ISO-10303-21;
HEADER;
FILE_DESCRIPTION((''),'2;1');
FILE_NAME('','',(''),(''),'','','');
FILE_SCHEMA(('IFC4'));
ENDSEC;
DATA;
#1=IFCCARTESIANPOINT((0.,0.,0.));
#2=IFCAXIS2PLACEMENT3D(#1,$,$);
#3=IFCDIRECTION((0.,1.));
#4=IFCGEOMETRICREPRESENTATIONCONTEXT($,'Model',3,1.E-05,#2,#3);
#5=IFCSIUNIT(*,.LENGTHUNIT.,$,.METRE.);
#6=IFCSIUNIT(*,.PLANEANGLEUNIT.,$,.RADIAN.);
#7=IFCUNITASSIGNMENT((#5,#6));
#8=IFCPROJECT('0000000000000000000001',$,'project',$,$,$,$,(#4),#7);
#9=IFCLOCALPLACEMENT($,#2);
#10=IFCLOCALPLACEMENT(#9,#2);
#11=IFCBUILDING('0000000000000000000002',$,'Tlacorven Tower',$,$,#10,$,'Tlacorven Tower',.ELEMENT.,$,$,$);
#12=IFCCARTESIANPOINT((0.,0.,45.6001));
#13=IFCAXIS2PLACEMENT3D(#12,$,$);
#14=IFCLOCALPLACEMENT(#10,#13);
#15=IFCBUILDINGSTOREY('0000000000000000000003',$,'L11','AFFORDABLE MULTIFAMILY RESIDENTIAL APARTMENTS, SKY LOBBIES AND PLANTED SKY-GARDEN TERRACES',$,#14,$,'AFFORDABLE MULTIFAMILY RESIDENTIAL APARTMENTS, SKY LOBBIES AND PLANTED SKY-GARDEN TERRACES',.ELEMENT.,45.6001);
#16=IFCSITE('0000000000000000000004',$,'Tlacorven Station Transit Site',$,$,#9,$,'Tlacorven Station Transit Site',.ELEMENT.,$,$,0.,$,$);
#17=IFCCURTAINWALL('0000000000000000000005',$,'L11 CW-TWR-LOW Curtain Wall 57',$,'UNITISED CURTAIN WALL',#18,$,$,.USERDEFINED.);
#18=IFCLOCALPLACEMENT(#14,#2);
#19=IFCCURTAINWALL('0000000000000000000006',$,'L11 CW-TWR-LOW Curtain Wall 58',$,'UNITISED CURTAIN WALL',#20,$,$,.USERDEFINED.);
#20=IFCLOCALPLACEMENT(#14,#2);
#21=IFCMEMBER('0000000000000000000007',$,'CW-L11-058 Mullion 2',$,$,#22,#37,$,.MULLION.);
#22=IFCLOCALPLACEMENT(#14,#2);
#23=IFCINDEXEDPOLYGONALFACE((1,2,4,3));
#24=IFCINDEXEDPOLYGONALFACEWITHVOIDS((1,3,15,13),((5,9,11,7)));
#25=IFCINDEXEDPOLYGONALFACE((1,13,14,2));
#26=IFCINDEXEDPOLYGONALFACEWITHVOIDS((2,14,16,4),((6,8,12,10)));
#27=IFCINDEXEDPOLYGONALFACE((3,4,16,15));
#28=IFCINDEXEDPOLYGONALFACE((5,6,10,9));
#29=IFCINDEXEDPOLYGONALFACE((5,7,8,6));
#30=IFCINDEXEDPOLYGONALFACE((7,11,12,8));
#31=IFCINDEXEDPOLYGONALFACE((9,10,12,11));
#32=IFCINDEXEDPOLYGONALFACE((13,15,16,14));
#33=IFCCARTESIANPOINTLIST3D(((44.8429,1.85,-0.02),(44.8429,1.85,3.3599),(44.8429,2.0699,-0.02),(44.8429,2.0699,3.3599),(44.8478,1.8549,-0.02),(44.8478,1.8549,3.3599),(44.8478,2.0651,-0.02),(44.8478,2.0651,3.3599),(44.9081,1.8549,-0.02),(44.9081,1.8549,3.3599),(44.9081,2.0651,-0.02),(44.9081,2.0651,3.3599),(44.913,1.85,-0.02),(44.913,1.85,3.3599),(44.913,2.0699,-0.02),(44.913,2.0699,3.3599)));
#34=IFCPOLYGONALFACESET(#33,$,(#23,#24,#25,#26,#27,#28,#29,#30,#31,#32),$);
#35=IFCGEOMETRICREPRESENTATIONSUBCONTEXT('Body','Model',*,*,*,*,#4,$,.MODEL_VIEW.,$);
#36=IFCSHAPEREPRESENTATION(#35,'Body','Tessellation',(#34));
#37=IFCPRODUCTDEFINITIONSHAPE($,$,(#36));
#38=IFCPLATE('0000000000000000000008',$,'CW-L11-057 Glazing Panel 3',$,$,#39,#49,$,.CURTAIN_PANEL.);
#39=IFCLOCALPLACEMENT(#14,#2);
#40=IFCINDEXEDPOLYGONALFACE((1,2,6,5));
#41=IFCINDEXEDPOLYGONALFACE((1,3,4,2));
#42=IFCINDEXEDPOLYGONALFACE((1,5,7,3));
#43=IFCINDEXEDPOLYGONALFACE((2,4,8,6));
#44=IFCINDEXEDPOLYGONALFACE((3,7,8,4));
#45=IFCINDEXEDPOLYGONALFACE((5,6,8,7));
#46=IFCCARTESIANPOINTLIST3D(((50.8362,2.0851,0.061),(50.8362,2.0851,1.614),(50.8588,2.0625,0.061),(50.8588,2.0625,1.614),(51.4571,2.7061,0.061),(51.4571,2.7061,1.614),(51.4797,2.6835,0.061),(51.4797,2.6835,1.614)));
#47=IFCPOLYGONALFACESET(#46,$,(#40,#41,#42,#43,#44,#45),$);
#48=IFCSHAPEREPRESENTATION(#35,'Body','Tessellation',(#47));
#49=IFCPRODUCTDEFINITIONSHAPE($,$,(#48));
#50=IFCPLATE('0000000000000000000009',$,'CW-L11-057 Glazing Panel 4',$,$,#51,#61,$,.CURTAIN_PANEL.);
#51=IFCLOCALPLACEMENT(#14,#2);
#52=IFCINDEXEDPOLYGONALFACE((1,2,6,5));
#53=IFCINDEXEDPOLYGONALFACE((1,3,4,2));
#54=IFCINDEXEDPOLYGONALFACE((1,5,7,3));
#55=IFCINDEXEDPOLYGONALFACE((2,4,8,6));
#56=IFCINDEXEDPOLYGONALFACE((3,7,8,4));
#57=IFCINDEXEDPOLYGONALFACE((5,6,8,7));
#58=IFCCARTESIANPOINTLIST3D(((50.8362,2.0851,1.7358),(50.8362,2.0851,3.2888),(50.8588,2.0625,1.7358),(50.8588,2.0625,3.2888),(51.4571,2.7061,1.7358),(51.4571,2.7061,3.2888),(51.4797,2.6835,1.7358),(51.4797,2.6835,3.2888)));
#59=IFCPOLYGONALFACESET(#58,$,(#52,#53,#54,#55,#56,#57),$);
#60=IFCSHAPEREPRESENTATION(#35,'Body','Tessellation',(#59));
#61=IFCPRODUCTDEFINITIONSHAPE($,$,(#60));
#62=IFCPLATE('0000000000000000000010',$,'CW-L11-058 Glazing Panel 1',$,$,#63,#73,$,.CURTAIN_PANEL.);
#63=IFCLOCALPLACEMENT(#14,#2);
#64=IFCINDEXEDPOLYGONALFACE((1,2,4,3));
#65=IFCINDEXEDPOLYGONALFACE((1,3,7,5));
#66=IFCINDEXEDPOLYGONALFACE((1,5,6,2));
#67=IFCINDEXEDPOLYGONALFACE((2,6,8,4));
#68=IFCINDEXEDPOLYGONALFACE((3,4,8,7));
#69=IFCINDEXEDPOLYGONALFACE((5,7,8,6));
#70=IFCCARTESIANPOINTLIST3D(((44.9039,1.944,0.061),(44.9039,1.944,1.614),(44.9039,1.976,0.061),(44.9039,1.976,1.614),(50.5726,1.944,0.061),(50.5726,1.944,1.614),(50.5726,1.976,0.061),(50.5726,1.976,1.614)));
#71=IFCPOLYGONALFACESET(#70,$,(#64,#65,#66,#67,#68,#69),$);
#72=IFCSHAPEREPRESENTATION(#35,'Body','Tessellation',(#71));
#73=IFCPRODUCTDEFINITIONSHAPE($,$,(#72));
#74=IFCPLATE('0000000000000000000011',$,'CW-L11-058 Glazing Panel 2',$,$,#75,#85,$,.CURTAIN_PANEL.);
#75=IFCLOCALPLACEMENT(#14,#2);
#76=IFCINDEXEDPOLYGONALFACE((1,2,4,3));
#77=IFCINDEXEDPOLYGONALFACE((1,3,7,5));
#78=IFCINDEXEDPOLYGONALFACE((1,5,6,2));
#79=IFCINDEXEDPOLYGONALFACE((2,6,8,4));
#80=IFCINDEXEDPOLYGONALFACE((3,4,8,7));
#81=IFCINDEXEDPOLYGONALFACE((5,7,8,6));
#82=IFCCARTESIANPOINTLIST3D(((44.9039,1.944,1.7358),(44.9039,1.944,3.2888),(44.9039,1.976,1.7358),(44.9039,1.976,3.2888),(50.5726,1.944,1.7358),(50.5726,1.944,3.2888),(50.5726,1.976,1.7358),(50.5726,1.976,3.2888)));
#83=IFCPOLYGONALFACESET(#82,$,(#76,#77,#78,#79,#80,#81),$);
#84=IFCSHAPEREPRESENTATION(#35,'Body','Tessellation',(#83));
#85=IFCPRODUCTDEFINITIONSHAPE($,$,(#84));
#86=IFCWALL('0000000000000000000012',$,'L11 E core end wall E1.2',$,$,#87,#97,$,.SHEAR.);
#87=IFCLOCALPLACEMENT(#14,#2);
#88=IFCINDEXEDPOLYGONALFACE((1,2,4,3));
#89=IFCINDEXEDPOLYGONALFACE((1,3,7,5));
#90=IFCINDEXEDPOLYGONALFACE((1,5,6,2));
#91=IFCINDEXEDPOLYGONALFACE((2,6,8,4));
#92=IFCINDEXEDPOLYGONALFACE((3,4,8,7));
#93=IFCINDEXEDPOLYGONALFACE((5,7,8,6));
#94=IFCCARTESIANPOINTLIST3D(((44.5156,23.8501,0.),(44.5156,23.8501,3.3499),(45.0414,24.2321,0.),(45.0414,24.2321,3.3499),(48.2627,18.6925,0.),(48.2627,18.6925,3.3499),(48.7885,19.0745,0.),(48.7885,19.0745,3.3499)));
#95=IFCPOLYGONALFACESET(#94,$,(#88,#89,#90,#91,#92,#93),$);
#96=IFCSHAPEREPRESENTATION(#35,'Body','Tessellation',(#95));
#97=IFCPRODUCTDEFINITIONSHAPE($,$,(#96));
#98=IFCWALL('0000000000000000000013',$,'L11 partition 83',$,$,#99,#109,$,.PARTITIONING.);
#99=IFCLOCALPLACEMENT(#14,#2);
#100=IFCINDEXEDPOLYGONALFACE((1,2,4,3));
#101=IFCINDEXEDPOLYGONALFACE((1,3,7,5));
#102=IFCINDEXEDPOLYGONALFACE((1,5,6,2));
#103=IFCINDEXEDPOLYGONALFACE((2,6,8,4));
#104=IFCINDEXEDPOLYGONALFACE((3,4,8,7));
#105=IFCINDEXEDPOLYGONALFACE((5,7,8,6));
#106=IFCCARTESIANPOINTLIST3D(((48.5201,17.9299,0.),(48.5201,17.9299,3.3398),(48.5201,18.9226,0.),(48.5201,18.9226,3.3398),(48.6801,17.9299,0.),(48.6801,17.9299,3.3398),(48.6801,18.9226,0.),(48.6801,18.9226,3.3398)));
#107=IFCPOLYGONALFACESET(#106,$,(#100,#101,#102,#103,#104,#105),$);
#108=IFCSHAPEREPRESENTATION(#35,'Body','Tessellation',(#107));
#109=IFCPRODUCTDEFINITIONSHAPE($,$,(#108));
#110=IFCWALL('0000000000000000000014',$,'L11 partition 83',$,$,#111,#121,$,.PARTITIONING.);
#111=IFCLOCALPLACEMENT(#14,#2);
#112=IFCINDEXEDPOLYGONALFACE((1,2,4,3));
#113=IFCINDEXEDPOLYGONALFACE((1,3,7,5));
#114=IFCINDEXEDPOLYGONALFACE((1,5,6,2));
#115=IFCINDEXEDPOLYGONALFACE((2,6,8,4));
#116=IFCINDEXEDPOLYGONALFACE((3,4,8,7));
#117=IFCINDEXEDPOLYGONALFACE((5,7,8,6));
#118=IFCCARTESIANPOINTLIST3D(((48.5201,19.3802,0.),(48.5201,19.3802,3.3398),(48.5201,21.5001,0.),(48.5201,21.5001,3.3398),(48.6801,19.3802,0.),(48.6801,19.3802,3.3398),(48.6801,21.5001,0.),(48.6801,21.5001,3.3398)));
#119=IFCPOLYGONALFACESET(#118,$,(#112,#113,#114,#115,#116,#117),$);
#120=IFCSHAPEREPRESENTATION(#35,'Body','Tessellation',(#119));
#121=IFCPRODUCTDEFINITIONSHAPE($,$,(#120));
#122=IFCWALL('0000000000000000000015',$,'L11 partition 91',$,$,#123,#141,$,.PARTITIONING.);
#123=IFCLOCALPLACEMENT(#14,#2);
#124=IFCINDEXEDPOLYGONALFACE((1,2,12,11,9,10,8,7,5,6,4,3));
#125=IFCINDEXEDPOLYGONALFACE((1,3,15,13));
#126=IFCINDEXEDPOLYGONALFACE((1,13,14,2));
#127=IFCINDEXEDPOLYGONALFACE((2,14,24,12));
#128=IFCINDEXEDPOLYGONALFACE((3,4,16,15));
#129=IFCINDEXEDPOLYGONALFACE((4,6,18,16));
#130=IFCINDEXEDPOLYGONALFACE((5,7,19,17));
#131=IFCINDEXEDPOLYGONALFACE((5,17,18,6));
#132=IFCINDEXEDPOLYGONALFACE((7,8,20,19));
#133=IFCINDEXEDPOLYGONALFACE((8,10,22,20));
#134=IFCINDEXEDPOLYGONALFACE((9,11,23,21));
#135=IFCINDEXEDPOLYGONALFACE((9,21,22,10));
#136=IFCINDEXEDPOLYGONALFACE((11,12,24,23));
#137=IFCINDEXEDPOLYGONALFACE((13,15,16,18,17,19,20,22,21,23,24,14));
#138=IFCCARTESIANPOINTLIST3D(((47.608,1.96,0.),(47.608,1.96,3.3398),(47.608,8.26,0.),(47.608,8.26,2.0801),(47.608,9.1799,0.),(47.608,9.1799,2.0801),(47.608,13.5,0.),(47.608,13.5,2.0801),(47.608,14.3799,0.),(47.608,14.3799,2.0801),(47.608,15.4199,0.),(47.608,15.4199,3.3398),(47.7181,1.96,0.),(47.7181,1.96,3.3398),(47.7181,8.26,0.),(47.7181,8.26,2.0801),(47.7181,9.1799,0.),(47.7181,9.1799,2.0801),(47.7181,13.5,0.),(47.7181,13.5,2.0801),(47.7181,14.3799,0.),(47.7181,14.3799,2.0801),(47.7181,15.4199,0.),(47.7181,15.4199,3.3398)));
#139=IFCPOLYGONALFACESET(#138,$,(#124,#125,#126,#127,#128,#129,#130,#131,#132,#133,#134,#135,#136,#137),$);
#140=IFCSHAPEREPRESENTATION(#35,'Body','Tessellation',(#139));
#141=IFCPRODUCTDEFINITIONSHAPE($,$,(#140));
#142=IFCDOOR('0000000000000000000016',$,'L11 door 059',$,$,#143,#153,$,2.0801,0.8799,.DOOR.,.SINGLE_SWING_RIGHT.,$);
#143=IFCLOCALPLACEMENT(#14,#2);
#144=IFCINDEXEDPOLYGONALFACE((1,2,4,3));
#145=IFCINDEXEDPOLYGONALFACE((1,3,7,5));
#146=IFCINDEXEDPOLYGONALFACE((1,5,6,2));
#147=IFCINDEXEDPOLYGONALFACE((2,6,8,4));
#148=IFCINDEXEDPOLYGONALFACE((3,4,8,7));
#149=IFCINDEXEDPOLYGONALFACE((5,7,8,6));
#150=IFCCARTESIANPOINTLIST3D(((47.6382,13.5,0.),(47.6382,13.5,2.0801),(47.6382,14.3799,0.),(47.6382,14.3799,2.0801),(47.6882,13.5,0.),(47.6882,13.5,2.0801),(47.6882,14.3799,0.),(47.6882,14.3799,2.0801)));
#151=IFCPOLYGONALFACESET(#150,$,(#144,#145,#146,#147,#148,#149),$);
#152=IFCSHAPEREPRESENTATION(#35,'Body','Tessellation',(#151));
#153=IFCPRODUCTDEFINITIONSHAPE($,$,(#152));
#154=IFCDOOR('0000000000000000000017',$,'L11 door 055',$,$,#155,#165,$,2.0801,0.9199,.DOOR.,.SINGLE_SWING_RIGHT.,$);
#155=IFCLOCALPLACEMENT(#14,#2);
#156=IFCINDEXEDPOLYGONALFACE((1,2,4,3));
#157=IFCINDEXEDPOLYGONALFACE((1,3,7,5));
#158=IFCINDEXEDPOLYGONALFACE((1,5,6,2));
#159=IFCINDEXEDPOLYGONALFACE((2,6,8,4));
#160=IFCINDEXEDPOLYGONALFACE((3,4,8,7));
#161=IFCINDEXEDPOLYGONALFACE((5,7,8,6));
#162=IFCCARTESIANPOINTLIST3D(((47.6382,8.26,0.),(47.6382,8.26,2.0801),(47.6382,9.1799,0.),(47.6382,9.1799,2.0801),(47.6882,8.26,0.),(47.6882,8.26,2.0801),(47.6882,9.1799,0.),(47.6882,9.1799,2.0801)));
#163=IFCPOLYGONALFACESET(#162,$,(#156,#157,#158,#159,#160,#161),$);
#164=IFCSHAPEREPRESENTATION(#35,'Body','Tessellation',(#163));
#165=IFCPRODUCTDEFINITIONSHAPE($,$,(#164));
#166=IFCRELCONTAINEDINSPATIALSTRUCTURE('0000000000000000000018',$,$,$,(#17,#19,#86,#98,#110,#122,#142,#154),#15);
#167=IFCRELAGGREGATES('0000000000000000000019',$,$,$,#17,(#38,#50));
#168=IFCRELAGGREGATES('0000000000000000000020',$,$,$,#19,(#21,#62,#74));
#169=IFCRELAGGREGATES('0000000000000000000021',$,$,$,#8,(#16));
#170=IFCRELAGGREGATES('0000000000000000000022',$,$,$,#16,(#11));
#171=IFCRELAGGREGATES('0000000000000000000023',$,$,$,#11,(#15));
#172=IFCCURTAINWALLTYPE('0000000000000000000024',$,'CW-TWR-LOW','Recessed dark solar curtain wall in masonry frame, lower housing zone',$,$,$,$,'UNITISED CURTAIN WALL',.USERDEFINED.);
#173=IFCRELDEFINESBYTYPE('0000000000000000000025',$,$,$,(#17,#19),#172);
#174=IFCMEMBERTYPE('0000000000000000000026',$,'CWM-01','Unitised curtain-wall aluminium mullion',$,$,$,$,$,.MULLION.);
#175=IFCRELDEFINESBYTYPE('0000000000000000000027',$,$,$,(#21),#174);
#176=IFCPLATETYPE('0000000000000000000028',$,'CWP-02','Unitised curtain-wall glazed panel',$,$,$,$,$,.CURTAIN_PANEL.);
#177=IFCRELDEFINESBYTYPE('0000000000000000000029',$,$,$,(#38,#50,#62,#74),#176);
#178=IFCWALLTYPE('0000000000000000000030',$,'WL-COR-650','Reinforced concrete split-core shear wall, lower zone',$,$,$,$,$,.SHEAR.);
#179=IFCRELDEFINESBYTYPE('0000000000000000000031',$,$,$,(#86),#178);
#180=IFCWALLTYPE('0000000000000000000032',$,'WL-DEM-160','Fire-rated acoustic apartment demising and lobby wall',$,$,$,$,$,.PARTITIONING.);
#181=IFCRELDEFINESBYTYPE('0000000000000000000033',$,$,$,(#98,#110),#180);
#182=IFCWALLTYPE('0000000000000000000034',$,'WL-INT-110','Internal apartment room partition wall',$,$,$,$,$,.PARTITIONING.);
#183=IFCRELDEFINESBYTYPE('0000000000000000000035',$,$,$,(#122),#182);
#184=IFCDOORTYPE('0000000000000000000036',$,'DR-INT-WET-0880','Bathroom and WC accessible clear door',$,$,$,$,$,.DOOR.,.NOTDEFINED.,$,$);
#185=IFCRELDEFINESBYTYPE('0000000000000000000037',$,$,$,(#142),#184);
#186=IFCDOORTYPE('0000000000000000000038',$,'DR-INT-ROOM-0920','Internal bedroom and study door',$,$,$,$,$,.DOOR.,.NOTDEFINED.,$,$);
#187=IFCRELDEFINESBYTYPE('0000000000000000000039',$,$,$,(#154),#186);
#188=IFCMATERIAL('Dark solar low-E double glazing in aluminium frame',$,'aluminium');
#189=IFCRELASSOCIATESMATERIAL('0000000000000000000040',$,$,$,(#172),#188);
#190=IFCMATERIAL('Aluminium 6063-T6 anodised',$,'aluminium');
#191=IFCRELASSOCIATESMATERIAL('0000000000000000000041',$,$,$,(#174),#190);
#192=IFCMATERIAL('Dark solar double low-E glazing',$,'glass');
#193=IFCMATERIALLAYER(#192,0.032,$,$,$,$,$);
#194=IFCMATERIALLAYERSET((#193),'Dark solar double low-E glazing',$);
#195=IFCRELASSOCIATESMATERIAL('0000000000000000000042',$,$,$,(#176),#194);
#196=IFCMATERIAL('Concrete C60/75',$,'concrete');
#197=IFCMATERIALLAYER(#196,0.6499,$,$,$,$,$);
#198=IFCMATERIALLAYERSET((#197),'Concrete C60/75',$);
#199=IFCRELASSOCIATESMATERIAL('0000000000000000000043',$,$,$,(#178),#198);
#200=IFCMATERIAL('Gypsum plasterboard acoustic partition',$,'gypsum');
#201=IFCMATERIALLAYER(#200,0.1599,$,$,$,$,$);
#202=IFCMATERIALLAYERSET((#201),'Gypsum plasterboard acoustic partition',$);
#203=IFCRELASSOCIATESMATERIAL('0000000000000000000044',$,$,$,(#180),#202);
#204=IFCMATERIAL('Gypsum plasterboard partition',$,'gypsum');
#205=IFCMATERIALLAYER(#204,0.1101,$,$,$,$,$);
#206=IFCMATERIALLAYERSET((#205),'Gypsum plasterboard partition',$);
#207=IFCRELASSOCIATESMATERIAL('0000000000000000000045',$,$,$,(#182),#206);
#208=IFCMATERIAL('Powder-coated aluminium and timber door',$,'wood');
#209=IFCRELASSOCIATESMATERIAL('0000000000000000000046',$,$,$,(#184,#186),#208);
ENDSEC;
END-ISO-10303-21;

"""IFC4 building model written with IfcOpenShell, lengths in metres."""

from ifc_helpers import new_model, si_unit, direction, frame, frame_2d, origin, origin_2d, place, context, subcontext, project, spatial, rectangle, hollow_rectangle, extrude, source, transform, mapped, material, layer, layer_set, material_profile, profile_set, type_object, element, fill, aggregate, save


model = new_model("IFC4")

# Units and contexts
model_context = context("Model", 3, precision=1e-05, world=origin(), true_north=direction((0.0, 1.0)))
body_context = subcontext(model_context, "Body", "Model", "MODEL_VIEW")
ifc_project = project(units=[si_unit("LENGTHUNIT", "METRE"), si_unit("PLANEANGLEUNIT", "RADIAN")], contexts=[model_context])

# Site, building, storey
site_placement = place(None, origin())
site = spatial("IfcSite", under=ifc_project, at=site_placement, Name="Tlacorven Station Transit Site", LongName="Tlacorven Station Transit Site", CompositionType="ELEMENT", RefElevation=0.0)
building_placement = place(site_placement, origin())
building = spatial("IfcBuilding", under=site, at=building_placement, Name="Tlacorven Tower", LongName="Tlacorven Tower", CompositionType="ELEMENT")
storey_placement = place(building_placement, frame((0.0, 0.0, 45.6001)))
storey = spatial("IfcBuildingStorey", under=building, at=storey_placement, Name="L11", Description="AFFORDABLE MULTIFAMILY RESIDENTIAL APARTMENTS, SKY LOBBIES AND PLANTED SKY-GARDEN TERRACES", LongName="AFFORDABLE MULTIFAMILY RESIDENTIAL APARTMENTS, SKY LOBBIES AND PLANTED SKY-GARDEN TERRACES", CompositionType="ELEMENT", Elevation=45.6001)

# Shared definitions
ifc_material_1 = material(Name="Concrete C60/75", Category="concrete")

# Curtain walls
ifc_material_2 = material(Name="Dark solar low-E double glazing in aluminium frame", Category="aluminium")
curtain_wall_type = type_object("IfcCurtainWallType", Name="CW-TWR-LOW", Description="Recessed dark solar curtain wall in masonry frame, lower housing zone", ElementType="UNITISED CURTAIN WALL", PredefinedType="USERDEFINED", material=ifc_material_2)
curtain_wall_1_placement = place(storey_placement, origin())
curtain_wall_1 = element("IfcCurtainWall", 1, at=curtain_wall_1_placement, inside=storey, type_object=curtain_wall_type, Name="L11 CW-TWR-LOW Curtain Wall 57", ObjectType="UNITISED CURTAIN WALL", PredefinedType="USERDEFINED")
ifc_material_3 = material(Name="Aluminium 6063-T6 anodised", Category="aluminium")
curtain_wall_2_placement = place(storey_placement, origin())
curtain_wall_2 = element("IfcCurtainWall", 2, at=curtain_wall_2_placement, inside=storey, type_object=curtain_wall_type, Name="L11 CW-TWR-LOW Curtain Wall 58", ObjectType="UNITISED CURTAIN WALL", PredefinedType="USERDEFINED")

# Member
ifc_material_profile_1 = material_profile(ifc_material_3, hollow_rectangle(XDim=0.0701, YDim=0.22, WallThickness=0.0049, at=origin_2d()), Name="ALU MULLION 70X220")
ifc_profile_set_1 = profile_set([ifc_material_profile_1], Name="Aluminium 6063-T6 anodised")
member_type_1 = type_object("IfcMemberType", Name="CWM-01", Description="Unitised curtain-wall aluminium mullion", PredefinedType="MULLION", material=ifc_profile_set_1)
shared_shape_1 = source(origin(), body_context, "Body", "SweptSolid", [
    extrude(hollow_rectangle(XDim=0.0701, YDim=0.22, WallThickness=0.0049, at=origin_2d()), origin(), (0.0, 0.0, 1.0), 3.3799),
])
member_1_placement = place(storey_placement, frame((44.8779, 1.96, -0.02), z_axis=(0.0, 0.0, 1.0), x_axis=(-1.0, 0.0, 0.0)))
member_1 = element("IfcMember", 3, at=member_1_placement, type_object=member_type_1, Name="CW-L11-058 Mullion 2", PredefinedType="MULLION", context=body_context, shape_type="MappedRepresentation", body=[
    mapped(shared_shape_1, transform((0.0, 0.0, 0.0), scale=1.0)),
])

# Plates
ifc_material_4 = material(Name="Dark solar double low-E glazing", Category="glass")
ifc_layer_1 = layer(ifc_material_4, 0.032)
ifc_layer_set_1 = layer_set([ifc_layer_1], Name="Dark solar double low-E glazing")
plate_type = type_object("IfcPlateType", Name="CWP-02", Description="Unitised curtain-wall glazed panel", PredefinedType="CURTAIN_PANEL", material=ifc_layer_set_1)
shared_shape_2 = source(origin(), body_context, "Body", "SweptSolid", [
    extrude(rectangle(XDim=0.8782, YDim=0.032, at=origin_2d()), origin(), (0.0, 0.0, 1.0), 1.553),
])
plate_1_placement = place(storey_placement, frame((51.158, 2.3843, 0.061), z_axis=(0.0, 0.0, 1.0), x_axis=(-0.707107, -0.707107, 0.0)))
plate_1 = element("IfcPlate", 4, at=plate_1_placement, type_object=plate_type, Name="CW-L11-057 Glazing Panel 3", PredefinedType="CURTAIN_PANEL", context=body_context, shape_type="MappedRepresentation", body=[
    mapped(shared_shape_2, transform((0.0, 0.0, 0.0), scale=1.0)),
])
plate_2_placement = place(storey_placement, frame((51.158, 2.3843, 1.7358), z_axis=(0.0, 0.0, 1.0), x_axis=(-0.707107, -0.707107, 0.0)))
plate_2 = element("IfcPlate", 5, at=plate_2_placement, type_object=plate_type, Name="CW-L11-057 Glazing Panel 4", PredefinedType="CURTAIN_PANEL", context=body_context, shape_type="MappedRepresentation", body=[
    mapped(shared_shape_2, transform((0.0, 0.0, 0.0), scale=1.0)),
])
aggregate(curtain_wall_1, [plate_1, plate_2])
shared_shape_3 = source(origin(), body_context, "Body", "SweptSolid", [
    extrude(rectangle(XDim=5.6687, YDim=0.032, at=origin_2d()), origin(), (0.0, 0.0, 1.0), 1.553),
])
plate_3_placement = place(storey_placement, frame((47.7383, 1.96, 0.061), z_axis=(0.0, 0.0, 1.0), x_axis=(-1.0, 0.0, 0.0)))
plate_3 = element("IfcPlate", 6, at=plate_3_placement, type_object=plate_type, Name="CW-L11-058 Glazing Panel 1", PredefinedType="CURTAIN_PANEL", context=body_context, shape_type="MappedRepresentation", body=[
    mapped(shared_shape_3, transform((0.0, 0.0, 0.0), scale=1.0)),
])
plate_4_placement = place(storey_placement, frame((47.7383, 1.96, 1.7358), z_axis=(0.0, 0.0, 1.0), x_axis=(-1.0, 0.0, 0.0)))
plate_4 = element("IfcPlate", 7, at=plate_4_placement, type_object=plate_type, Name="CW-L11-058 Glazing Panel 2", PredefinedType="CURTAIN_PANEL", context=body_context, shape_type="MappedRepresentation", body=[
    mapped(shared_shape_3, transform((0.0, 0.0, 0.0), scale=1.0)),
])
aggregate(curtain_wall_2, [member_1, plate_3, plate_4])

# Walls
ifc_layer_2 = layer(ifc_material_1, 0.6499)
ifc_layer_set_2 = layer_set([ifc_layer_2], Name="Concrete C60/75")
wall_type_1 = type_object("IfcWallType", Name="WL-COR-650", Description="Reinforced concrete split-core shear wall, lower zone", PredefinedType="SHEAR", material=ifc_layer_set_2)
wall_1_placement = place(storey_placement, frame((48.5256, 18.8835, 0.0), z_axis=(0.0, 0.0, 1.0), x_axis=(-0.58778, 0.809021, 0.0)))
element("IfcWall", 8, at=wall_1_placement, inside=storey, type_object=wall_type_1, Name="L11 E core end wall E1.2", PredefinedType="SHEAR", context=body_context, shape_type="SweptSolid", body=[
    extrude(rectangle(XDim=6.375, YDim=0.6499, at=frame_2d((3.1875, 0.0))), origin(), (0.0, 0.0, 1.0), 3.3499),
])
ifc_material_5 = material(Name="Gypsum plasterboard acoustic partition", Category="gypsum")
ifc_layer_3 = layer(ifc_material_5, 0.1599)
ifc_layer_set_3 = layer_set([ifc_layer_3], Name="Gypsum plasterboard acoustic partition")
wall_type_2 = type_object("IfcWallType", Name="WL-DEM-160", Description="Fire-rated acoustic apartment demising and lobby wall", PredefinedType="PARTITIONING", material=ifc_layer_set_3)
wall_2_placement = place(storey_placement, frame((48.6001, 17.9299, 0.0), z_axis=(0.0, 0.0, 1.0), x_axis=(0.0, 1.0, 0.0)))
element("IfcWall", 9, at=wall_2_placement, inside=storey, type_object=wall_type_2, Name="L11 partition 83", PredefinedType="PARTITIONING", context=body_context, shape_type="SweptSolid", body=[
    extrude(rectangle(XDim=0.9927, YDim=0.1599, at=frame_2d((0.4963, 0.0))), origin(), (0.0, 0.0, 1.0), 3.3398),
])
wall_3_placement = place(storey_placement, frame((48.6001, 19.3801, 0.0), z_axis=(0.0, 0.0, 1.0), x_axis=(0.0, 1.0, 0.0)))
element("IfcWall", 10, at=wall_3_placement, inside=storey, type_object=wall_type_2, Name="L11 partition 83", PredefinedType="PARTITIONING", context=body_context, shape_type="SweptSolid", body=[
    extrude(rectangle(XDim=2.1199, YDim=0.1599, at=frame_2d((1.0601, 0.0))), origin(), (0.0, 0.0, 1.0), 3.3398),
])

# Wall, openings, doors
ifc_material_6 = material(Name="Gypsum plasterboard partition", Category="gypsum")
ifc_layer_4 = layer(ifc_material_6, 0.1101)
ifc_layer_set_4 = layer_set([ifc_layer_4], Name="Gypsum plasterboard partition")
wall_type_3 = type_object("IfcWallType", Name="WL-INT-110", Description="Internal apartment room partition wall", PredefinedType="PARTITIONING", material=ifc_layer_set_4)
wall_4_placement = place(storey_placement, frame((47.6631, 1.96, 0.0), z_axis=(0.0, 0.0, 1.0), x_axis=(0.0, 1.0, 0.0)))
wall_4 = element("IfcWall", 11, at=wall_4_placement, inside=storey, type_object=wall_type_3, Name="L11 partition 91", PredefinedType="PARTITIONING", context=body_context, shape_type="SweptSolid", body=[
    extrude(rectangle(XDim=13.46, YDim=0.1101, at=frame_2d((6.73, 0.0))), origin(), (0.0, 0.0, 1.0), 3.3398),
])
opening_1_placement = place(wall_4_placement, frame((6.3, 0.0, 0.0)))
opening_1 = element("IfcOpeningElement", 12, at=opening_1_placement, cuts=wall_4, PredefinedType="OPENING", context=body_context, shape_type="SweptSolid", body=[
    extrude(rectangle(XDim=0.9199, YDim=2.0801, at=frame_2d((0.46, 1.04))), frame((0.0, 0.0649, 0.0), z_axis=(0.0, -1.0, 0.0), x_axis=(1.0, 0.0, 0.0)), (0.0, 0.0, 1.0), 0.1301),
])
opening_2_placement = place(wall_4_placement, frame((11.54, 0.0, 0.0)))
opening_2 = element("IfcOpeningElement", 13, at=opening_2_placement, cuts=wall_4, PredefinedType="OPENING", context=body_context, shape_type="SweptSolid", body=[
    extrude(rectangle(XDim=0.8799, YDim=2.0801, at=frame_2d((0.4399, 1.04))), frame((0.0, 0.0649, 0.0), z_axis=(0.0, -1.0, 0.0), x_axis=(1.0, 0.0, 0.0)), (0.0, 0.0, 1.0), 0.1301),
])
ifc_material_7 = material(Name="Powder-coated aluminium and timber door", Category="wood")
door_type_1 = type_object("IfcDoorType", Name="DR-INT-WET-0880", Description="Bathroom and WC accessible clear door", OperationType="NOTDEFINED", PredefinedType="DOOR", material=ifc_material_7)
shared_shape_4 = source(origin(), body_context, "Body", "SweptSolid", [
    extrude(rectangle(XDim=0.8799, YDim=2.0801, at=frame_2d((0.4399, 1.04))), frame((0.0, 0.0249, 0.0), z_axis=(0.0, -1.0, 0.0), x_axis=(1.0, 0.0, 0.0)), (0.0, 0.0, 1.0), 0.05),
])
door_1_placement = place(opening_2_placement, origin())
door_1 = element("IfcDoor", 14, at=door_1_placement, inside=storey, type_object=door_type_1, Name="L11 door 059", OperationType="SINGLE_SWING_RIGHT", OverallHeight=2.0801, OverallWidth=0.8799, PredefinedType="DOOR", context=body_context, shape_type="MappedRepresentation", body=[
    mapped(shared_shape_4, transform((0.0, 0.0, 0.0), scale=1.0)),
])
fill(opening_2, door_1)
door_type_2 = type_object("IfcDoorType", Name="DR-INT-ROOM-0920", Description="Internal bedroom and study door", OperationType="NOTDEFINED", PredefinedType="DOOR", material=ifc_material_7)
shared_shape_5 = source(origin(), body_context, "Body", "SweptSolid", [
    extrude(rectangle(XDim=0.9199, YDim=2.0801, at=frame_2d((0.46, 1.04))), frame((0.0, 0.0249, 0.0), z_axis=(0.0, -1.0, 0.0), x_axis=(1.0, 0.0, 0.0)), (0.0, 0.0, 1.0), 0.05),
])
door_2_placement = place(opening_1_placement, origin())
door_2 = element("IfcDoor", 15, at=door_2_placement, inside=storey, type_object=door_type_2, Name="L11 door 055", OperationType="SINGLE_SWING_RIGHT", OverallHeight=2.0801, OverallWidth=0.9199, PredefinedType="DOOR", context=body_context, shape_type="MappedRepresentation", body=[
    mapped(shared_shape_5, transform((0.0, 0.0, 0.0), scale=1.0)),
])
fill(opening_1, door_2)

save(model, "model.ifc")
